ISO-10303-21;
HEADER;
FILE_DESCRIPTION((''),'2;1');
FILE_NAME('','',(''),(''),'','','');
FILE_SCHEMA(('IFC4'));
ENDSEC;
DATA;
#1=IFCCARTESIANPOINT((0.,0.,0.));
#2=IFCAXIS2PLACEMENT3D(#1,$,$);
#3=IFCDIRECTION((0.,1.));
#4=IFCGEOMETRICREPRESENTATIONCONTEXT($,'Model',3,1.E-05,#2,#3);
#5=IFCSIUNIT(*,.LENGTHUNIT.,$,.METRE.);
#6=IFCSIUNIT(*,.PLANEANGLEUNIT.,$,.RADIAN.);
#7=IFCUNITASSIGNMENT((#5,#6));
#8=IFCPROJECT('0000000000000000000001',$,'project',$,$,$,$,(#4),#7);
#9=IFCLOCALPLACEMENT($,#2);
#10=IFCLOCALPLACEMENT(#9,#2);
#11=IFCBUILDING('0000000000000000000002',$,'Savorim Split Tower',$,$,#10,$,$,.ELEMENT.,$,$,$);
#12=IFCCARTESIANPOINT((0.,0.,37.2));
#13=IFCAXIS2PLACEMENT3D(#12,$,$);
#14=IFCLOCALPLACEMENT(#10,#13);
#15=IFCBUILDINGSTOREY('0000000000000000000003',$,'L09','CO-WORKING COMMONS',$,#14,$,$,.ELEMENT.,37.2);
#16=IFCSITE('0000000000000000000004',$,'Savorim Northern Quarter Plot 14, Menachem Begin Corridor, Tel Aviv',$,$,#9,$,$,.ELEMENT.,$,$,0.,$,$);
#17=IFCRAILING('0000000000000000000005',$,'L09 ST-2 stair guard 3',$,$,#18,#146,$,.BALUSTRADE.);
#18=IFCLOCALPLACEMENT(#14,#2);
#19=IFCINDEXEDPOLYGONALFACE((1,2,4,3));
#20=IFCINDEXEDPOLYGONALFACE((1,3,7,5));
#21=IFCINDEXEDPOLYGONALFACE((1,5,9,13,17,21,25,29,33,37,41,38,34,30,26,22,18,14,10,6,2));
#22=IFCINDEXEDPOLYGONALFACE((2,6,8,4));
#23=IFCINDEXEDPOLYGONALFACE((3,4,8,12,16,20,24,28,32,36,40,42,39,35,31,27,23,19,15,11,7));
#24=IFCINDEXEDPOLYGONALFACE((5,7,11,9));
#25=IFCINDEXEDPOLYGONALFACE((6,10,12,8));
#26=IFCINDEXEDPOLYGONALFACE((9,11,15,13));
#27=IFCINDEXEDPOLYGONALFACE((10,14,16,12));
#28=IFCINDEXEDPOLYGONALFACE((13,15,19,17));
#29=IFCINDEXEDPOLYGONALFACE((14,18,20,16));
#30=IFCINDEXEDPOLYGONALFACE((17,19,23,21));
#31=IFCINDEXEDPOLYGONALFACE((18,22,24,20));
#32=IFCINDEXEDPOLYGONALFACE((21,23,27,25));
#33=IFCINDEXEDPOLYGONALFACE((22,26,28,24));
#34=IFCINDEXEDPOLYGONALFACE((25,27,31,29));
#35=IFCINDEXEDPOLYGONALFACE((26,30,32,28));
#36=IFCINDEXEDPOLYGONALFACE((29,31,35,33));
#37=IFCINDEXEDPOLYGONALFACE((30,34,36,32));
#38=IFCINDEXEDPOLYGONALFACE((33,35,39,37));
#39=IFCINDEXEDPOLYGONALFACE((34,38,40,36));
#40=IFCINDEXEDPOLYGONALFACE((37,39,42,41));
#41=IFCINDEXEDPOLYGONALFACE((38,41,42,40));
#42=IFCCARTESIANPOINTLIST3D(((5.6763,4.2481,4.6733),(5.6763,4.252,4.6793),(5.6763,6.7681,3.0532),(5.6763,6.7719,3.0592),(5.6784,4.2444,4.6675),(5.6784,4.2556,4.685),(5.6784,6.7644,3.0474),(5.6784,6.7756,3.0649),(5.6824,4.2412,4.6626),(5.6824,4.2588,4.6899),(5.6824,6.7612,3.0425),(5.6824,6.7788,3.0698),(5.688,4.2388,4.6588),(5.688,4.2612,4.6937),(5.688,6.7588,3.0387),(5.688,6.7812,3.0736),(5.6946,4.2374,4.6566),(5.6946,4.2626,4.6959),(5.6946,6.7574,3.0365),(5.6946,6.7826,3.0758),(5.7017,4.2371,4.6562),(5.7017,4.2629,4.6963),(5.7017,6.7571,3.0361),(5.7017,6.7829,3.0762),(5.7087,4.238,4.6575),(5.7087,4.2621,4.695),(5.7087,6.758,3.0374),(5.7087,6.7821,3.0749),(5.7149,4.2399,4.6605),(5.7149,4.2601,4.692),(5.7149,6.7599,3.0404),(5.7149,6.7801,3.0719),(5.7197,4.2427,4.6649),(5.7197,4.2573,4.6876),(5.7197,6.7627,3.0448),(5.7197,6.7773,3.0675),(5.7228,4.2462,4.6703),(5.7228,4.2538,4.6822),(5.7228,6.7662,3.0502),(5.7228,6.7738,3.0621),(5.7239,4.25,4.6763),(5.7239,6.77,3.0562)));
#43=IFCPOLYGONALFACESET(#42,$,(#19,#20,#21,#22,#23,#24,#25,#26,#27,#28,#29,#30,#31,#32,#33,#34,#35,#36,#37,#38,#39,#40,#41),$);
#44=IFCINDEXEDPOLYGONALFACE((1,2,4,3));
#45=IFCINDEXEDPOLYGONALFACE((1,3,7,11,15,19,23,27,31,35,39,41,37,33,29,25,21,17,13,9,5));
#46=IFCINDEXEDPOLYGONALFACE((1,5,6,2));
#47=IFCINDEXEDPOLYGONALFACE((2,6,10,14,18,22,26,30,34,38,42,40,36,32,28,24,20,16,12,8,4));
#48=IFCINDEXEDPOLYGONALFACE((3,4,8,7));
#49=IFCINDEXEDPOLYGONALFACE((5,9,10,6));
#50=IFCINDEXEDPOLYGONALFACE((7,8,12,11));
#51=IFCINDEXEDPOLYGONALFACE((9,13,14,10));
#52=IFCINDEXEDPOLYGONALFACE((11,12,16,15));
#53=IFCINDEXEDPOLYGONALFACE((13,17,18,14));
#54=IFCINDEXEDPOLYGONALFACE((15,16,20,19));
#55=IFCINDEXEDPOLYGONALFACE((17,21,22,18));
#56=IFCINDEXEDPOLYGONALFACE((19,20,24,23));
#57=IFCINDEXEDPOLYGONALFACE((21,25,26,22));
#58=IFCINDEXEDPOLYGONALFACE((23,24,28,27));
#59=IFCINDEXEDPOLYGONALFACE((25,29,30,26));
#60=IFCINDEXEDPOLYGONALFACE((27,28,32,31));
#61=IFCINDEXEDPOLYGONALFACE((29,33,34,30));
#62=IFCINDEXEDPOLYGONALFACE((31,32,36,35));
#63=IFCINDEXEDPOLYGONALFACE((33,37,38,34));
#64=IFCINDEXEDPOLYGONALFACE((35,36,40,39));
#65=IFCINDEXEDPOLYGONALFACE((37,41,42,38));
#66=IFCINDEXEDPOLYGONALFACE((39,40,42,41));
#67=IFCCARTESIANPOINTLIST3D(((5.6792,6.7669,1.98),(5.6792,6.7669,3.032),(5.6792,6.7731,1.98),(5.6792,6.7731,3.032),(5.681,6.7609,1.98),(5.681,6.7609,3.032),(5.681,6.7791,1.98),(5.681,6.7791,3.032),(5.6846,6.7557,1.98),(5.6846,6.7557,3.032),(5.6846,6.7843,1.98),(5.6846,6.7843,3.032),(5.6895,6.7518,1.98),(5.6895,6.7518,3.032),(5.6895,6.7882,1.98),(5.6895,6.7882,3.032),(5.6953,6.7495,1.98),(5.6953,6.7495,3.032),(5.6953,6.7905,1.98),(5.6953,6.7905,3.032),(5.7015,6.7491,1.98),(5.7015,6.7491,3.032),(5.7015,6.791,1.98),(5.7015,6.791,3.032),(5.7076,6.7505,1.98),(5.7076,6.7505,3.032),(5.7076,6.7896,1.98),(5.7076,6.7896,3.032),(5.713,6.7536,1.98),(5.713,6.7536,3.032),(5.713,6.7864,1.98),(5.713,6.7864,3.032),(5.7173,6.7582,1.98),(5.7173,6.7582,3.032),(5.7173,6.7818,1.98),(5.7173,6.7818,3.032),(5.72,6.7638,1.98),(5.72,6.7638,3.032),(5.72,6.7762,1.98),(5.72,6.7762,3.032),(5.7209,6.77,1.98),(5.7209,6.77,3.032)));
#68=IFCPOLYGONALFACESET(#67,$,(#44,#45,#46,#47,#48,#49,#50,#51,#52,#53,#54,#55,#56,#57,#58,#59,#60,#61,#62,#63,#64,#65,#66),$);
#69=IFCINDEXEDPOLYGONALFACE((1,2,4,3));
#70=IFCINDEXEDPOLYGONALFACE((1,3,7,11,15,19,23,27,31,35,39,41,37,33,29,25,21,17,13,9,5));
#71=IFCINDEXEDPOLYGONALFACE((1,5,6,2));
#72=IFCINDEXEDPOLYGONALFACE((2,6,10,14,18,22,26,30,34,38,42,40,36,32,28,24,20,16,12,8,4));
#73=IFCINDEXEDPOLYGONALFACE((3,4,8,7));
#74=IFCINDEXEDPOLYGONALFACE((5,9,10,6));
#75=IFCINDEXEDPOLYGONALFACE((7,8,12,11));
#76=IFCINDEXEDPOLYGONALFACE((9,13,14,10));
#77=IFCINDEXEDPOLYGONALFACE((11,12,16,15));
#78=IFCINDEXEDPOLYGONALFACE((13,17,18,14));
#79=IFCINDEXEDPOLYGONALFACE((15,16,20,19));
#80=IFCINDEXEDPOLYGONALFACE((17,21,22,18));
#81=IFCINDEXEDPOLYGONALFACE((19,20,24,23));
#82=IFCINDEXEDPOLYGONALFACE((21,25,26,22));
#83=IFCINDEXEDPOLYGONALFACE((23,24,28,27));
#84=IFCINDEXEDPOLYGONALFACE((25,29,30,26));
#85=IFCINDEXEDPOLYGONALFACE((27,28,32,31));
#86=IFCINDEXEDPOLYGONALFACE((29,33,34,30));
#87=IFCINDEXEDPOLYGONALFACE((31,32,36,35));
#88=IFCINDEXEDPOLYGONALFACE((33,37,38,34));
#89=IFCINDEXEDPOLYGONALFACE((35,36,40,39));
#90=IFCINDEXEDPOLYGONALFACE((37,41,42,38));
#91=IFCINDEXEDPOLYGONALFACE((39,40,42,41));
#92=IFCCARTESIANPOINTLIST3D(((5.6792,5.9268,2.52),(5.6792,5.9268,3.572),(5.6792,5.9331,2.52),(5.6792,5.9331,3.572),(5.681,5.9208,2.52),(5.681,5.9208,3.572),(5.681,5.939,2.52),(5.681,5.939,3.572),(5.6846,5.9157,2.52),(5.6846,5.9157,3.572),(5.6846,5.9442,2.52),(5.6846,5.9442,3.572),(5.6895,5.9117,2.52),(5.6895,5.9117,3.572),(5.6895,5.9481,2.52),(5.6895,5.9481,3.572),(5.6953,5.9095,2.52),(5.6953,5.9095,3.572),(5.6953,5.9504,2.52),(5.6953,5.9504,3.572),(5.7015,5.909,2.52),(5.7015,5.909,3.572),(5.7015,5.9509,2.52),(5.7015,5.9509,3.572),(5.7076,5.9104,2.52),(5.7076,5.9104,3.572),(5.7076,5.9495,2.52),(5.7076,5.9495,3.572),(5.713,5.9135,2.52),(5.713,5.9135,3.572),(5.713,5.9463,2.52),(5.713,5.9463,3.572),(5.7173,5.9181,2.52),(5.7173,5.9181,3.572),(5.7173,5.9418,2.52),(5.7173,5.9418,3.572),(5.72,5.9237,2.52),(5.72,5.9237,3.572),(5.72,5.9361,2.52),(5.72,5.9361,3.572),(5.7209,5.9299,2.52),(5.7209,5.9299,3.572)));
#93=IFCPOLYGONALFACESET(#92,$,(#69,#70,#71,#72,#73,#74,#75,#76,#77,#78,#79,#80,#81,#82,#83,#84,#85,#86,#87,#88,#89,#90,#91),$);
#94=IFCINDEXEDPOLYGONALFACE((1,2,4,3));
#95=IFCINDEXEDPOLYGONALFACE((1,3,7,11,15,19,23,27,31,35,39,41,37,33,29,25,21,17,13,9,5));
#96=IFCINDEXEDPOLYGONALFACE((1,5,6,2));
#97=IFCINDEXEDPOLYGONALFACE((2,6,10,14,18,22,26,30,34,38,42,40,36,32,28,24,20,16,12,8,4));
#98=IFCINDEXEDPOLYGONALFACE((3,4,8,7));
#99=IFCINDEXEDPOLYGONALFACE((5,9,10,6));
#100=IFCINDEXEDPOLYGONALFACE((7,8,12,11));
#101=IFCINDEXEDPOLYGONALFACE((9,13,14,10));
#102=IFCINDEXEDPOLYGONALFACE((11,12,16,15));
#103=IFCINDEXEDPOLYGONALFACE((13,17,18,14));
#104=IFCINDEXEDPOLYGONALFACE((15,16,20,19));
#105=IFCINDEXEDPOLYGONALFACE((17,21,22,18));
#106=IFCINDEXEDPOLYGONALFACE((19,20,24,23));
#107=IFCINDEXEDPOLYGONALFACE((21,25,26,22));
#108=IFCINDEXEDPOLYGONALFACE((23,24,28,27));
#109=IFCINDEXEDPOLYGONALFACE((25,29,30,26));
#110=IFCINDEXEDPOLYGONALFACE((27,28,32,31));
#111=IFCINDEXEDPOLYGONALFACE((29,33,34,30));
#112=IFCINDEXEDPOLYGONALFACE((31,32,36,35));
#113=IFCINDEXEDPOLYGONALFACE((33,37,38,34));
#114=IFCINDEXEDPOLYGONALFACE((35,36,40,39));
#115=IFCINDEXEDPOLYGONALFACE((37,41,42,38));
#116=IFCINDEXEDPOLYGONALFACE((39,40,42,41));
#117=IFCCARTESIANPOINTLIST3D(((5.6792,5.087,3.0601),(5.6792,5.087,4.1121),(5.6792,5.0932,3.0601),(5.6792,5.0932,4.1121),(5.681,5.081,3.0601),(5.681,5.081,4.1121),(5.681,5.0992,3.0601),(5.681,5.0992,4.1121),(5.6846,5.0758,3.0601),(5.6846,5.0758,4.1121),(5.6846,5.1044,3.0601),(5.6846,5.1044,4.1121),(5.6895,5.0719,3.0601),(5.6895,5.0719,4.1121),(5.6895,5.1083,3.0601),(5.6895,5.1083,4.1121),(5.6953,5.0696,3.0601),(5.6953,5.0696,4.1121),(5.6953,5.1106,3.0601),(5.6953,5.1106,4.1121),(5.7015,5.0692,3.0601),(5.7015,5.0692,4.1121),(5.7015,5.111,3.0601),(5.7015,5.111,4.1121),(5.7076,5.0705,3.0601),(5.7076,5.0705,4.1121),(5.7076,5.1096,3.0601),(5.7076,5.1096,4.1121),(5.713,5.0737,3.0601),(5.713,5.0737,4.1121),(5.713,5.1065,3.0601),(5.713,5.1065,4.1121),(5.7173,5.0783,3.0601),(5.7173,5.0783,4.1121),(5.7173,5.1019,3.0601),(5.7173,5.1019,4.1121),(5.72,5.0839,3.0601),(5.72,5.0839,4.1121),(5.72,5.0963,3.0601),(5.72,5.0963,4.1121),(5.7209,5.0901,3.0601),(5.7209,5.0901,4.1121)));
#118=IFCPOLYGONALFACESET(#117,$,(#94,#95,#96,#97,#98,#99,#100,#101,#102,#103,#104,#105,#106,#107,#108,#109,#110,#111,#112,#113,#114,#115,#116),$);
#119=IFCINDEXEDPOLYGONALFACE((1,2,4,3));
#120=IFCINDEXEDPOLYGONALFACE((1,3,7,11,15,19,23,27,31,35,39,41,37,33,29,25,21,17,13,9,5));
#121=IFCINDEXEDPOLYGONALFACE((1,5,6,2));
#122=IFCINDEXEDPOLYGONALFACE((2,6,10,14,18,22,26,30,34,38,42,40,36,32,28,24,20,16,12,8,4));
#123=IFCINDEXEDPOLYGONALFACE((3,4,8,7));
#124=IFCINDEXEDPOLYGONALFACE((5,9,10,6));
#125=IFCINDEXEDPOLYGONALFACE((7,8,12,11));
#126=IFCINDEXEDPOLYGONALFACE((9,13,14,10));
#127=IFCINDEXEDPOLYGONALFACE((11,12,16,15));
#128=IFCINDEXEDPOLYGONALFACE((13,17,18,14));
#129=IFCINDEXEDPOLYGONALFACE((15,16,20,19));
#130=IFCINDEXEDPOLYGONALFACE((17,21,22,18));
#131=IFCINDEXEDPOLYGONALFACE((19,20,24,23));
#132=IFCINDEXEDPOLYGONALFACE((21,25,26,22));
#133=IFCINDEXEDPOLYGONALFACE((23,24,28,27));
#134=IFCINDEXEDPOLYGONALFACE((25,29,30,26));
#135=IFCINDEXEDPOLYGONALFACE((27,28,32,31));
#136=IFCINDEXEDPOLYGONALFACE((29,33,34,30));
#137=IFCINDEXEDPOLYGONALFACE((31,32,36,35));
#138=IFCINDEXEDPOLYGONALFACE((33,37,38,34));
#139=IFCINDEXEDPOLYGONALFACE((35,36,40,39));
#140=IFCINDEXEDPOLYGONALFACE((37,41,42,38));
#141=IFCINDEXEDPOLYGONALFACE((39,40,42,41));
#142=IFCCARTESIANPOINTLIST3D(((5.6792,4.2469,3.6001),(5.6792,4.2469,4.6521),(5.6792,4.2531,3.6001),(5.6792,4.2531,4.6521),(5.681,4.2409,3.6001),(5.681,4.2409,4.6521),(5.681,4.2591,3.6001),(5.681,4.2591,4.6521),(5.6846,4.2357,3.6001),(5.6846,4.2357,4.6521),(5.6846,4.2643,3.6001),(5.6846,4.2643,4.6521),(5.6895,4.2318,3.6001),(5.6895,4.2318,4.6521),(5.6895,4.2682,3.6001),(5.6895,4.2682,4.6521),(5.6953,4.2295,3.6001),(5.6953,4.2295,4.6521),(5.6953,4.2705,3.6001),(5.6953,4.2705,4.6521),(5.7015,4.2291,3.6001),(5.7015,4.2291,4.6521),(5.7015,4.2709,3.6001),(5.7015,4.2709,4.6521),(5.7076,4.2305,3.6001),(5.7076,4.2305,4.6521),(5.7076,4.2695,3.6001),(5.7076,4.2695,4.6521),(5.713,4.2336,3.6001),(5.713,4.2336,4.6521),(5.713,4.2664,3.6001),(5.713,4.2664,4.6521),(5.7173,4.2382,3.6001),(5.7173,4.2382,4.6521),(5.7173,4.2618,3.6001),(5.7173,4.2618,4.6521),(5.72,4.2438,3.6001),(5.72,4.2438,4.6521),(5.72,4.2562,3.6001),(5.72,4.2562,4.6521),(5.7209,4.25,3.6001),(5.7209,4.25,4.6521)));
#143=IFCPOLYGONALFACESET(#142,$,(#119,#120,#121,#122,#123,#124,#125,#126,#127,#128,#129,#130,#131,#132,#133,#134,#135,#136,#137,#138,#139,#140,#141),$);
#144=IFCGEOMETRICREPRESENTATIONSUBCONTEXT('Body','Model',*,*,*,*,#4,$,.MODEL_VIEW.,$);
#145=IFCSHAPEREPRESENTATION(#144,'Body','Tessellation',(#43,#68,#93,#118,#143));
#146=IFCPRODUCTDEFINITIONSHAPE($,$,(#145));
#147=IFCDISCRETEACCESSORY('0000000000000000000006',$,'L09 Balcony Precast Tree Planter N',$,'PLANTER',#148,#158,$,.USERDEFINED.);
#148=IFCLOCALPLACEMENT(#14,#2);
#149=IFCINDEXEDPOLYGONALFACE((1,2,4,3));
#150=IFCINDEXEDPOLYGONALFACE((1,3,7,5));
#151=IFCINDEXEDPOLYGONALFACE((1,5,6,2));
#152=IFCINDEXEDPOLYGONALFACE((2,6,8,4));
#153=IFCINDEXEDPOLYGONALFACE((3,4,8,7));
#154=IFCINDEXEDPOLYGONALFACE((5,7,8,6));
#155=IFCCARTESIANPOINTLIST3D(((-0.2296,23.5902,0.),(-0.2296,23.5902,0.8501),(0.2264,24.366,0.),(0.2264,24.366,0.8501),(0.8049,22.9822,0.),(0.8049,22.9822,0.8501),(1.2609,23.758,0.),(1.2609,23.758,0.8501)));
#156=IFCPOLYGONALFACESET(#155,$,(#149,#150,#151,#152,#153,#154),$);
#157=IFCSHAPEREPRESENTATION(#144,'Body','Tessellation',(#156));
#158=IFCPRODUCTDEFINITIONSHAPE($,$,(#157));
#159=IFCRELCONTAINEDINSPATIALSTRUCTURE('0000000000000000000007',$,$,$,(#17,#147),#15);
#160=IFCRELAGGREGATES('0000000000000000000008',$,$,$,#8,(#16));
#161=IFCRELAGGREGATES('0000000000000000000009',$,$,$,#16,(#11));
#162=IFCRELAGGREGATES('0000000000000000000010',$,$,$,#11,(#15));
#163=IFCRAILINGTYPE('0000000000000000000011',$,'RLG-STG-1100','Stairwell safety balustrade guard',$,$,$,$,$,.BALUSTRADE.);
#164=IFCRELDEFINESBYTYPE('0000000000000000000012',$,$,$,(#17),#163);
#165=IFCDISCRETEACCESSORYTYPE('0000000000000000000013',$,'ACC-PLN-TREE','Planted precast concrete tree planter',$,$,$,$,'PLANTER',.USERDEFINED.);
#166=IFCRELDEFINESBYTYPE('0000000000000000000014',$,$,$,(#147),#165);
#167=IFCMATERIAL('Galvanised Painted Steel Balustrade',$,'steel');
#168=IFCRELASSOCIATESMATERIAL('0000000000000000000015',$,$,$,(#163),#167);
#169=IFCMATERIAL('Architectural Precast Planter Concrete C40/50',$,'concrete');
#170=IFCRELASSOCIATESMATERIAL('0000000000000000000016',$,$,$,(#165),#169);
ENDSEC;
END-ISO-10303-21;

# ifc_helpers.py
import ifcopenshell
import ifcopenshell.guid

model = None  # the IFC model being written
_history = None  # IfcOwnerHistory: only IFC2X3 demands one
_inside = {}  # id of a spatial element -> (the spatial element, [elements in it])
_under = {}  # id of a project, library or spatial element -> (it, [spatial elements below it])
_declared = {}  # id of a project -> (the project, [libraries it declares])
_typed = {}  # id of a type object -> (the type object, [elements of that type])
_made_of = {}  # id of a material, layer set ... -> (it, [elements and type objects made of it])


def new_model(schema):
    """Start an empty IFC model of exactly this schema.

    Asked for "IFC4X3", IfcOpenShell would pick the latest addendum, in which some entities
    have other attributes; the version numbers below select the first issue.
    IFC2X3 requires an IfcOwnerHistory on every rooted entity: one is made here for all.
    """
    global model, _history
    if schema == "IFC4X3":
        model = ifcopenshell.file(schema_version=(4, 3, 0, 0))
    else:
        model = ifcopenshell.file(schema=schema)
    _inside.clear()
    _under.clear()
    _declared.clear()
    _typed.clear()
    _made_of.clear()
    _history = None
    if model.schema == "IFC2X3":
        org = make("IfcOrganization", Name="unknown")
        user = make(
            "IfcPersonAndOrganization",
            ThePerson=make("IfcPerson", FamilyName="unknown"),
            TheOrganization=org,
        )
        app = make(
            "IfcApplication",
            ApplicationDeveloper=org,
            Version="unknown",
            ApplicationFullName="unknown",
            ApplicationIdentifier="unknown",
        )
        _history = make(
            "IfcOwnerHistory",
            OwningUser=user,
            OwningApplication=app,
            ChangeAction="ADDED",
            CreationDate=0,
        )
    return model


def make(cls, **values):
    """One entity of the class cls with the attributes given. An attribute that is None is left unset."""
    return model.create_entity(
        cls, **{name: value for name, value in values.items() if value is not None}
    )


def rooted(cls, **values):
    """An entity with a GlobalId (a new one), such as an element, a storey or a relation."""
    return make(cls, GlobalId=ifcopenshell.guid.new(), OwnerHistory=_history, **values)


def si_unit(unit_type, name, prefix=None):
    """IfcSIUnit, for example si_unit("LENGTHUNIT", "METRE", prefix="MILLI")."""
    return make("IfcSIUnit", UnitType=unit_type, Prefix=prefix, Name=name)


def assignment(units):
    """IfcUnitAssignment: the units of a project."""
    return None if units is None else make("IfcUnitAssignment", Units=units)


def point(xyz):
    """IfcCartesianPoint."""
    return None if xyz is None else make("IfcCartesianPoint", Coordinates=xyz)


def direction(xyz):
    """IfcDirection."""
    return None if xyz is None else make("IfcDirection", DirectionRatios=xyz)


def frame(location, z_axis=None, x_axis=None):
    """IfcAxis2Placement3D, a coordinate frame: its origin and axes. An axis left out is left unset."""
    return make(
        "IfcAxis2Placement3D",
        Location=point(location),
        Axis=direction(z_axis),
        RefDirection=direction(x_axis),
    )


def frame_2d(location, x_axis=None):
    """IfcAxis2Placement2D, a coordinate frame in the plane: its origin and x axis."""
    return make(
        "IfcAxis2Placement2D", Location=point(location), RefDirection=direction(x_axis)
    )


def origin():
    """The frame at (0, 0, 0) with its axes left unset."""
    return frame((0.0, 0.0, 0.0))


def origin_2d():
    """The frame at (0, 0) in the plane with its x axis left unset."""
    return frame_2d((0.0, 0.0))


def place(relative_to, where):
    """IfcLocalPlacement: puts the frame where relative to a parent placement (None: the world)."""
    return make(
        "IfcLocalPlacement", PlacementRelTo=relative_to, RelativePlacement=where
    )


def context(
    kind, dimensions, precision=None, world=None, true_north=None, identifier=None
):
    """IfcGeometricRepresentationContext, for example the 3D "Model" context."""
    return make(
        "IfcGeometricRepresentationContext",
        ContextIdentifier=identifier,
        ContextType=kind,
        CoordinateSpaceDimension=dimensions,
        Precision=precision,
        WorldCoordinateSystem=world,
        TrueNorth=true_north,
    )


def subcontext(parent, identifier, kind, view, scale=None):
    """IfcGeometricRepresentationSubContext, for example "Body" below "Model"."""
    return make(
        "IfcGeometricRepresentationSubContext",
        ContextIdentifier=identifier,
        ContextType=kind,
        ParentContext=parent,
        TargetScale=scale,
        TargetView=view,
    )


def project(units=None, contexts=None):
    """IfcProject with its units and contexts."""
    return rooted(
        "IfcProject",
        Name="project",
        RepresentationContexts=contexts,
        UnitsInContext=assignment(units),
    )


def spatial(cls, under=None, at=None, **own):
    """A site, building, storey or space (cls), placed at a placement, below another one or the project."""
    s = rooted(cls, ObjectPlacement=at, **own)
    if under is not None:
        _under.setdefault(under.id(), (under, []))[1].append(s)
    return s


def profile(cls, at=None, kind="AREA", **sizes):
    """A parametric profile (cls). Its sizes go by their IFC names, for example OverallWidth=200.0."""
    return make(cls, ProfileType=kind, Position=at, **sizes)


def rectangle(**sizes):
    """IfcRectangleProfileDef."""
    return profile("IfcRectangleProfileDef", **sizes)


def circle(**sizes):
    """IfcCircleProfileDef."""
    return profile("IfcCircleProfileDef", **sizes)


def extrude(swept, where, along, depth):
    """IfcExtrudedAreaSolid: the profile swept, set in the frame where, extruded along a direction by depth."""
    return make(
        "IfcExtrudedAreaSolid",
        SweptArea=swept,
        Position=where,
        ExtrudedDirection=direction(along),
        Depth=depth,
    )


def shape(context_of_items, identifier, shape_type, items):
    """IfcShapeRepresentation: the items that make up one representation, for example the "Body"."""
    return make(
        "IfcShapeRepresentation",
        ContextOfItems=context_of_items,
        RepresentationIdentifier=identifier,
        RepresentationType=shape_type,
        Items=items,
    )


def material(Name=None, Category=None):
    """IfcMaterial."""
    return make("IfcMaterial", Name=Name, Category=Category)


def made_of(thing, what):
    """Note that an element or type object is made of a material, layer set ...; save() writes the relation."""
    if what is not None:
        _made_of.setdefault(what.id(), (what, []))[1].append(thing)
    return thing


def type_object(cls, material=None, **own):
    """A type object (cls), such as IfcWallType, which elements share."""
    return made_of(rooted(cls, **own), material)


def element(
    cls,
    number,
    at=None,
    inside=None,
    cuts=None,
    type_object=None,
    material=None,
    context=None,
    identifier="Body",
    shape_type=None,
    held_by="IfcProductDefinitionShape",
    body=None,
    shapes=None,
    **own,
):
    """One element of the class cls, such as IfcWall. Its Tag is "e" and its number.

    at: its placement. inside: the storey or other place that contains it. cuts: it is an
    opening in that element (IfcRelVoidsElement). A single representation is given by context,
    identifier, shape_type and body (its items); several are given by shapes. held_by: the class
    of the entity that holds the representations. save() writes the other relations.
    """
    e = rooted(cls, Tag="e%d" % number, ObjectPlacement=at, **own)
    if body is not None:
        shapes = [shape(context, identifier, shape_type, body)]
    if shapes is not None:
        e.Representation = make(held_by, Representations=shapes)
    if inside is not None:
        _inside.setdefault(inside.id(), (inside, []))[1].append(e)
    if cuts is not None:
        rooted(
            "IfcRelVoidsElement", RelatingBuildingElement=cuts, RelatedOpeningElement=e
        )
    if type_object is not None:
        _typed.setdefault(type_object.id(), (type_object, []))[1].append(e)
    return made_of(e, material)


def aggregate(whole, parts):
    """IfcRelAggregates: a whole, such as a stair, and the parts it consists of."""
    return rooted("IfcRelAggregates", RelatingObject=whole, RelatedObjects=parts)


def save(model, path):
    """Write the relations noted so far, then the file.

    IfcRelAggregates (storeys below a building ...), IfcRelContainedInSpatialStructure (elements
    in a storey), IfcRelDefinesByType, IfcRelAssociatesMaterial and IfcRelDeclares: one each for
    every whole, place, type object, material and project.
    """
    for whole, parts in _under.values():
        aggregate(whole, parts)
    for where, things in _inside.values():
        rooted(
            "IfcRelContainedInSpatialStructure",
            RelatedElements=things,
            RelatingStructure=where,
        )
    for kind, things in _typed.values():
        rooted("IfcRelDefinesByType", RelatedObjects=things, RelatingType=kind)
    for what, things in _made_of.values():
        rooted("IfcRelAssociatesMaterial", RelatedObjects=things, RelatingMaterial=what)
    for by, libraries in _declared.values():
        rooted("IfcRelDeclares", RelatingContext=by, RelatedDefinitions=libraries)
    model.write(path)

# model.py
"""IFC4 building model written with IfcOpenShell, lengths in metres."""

from ifc_helpers import new_model, si_unit, direction, frame, origin, origin_2d, place, context, subcontext, project, spatial, rectangle, circle, extrude, material, type_object, element, save


model = new_model("IFC4")

# Units and contexts
model_context = context("Model", 3, precision=1e-05, world=origin(), true_north=direction((0.0, 1.0)))
body_context = subcontext(model_context, "Body", "Model", "MODEL_VIEW")
ifc_project = project(units=[si_unit("LENGTHUNIT", "METRE"), si_unit("PLANEANGLEUNIT", "RADIAN")], contexts=[model_context])

# Site, building, storey
site_placement = place(None, origin())
site = spatial("IfcSite", under=ifc_project, at=site_placement, Name="Savorim Northern Quarter Plot 14, Menachem Begin Corridor, Tel Aviv", CompositionType="ELEMENT", RefElevation=0.0)
building_placement = place(site_placement, origin())
building = spatial("IfcBuilding", under=site, at=building_placement, Name="Savorim Split Tower", CompositionType="ELEMENT")
storey_placement = place(building_placement, frame((0.0, 0.0, 37.2)))
storey = spatial("IfcBuildingStorey", under=building, at=storey_placement, Name="L09", Description="CO-WORKING COMMONS", CompositionType="ELEMENT", Elevation=37.2)

# Railing
ifc_material_1 = material(Name="Galvanised Painted Steel Balustrade", Category="steel")
railing_type_1 = type_object("IfcRailingType", Name="RLG-STG-1100", Description="Stairwell safety balustrade guard", PredefinedType="BALUSTRADE", material=ifc_material_1)
railing_1_placement = place(storey_placement, frame((5.7, 6.77, 1.98)))
element("IfcRailing", 1, at=railing_1_placement, inside=storey, type_object=railing_type_1, Name="L09 ST-2 stair guard 3", PredefinedType="BALUSTRADE", context=body_context, shape_type="SweptSolid", body=[
    extrude(circle(Radius=0.0239, at=origin_2d()), frame((0.0, 0.0, 1.0762), z_axis=(0.0, -0.841163, 0.540782), x_axis=(1.0, 0.0, 0.0)), (0.0, 0.0, 1.0), 2.9958),
    extrude(circle(Radius=0.021, at=origin_2d()), origin(), (0.0, 0.0, 1.0), 1.052),
    extrude(circle(Radius=0.021, at=origin_2d()), frame((0.0, -0.8401, 0.54)), (0.0, 0.0, 1.0), 1.052),
    extrude(circle(Radius=0.021, at=origin_2d()), frame((0.0, -1.6799, 1.0801)), (0.0, 0.0, 1.0), 1.052),
    extrude(circle(Radius=0.021, at=origin_2d()), frame((0.0, -2.52, 1.6201)), (0.0, 0.0, 1.0), 1.052),
])

# Discrete accessory
ifc_material_2 = material(Name="Architectural Precast Planter Concrete C40/50", Category="concrete")
discrete_accessory_type = type_object("IfcDiscreteAccessoryType", Name="ACC-PLN-TREE", Description="Planted precast concrete tree planter", ElementType="PLANTER", PredefinedType="USERDEFINED", material=ifc_material_2)
discrete_accessory_placement = place(storey_placement, frame((0.5156, 23.6741, 0.0), z_axis=(0.0, 0.0, 1.0), x_axis=(-0.862126, 0.506694, 0.0)))
element("IfcDiscreteAccessory", 2, at=discrete_accessory_placement, inside=storey, type_object=discrete_accessory_type, Name="L09 Balcony Precast Tree Planter N", ObjectType="PLANTER", PredefinedType="USERDEFINED", context=body_context, shape_type="SweptSolid", body=[
    extrude(rectangle(XDim=1.2, YDim=0.8999, at=origin_2d()), origin(), (0.0, 0.0, 1.0), 0.8501),
])

save(model, "model.ifc")
